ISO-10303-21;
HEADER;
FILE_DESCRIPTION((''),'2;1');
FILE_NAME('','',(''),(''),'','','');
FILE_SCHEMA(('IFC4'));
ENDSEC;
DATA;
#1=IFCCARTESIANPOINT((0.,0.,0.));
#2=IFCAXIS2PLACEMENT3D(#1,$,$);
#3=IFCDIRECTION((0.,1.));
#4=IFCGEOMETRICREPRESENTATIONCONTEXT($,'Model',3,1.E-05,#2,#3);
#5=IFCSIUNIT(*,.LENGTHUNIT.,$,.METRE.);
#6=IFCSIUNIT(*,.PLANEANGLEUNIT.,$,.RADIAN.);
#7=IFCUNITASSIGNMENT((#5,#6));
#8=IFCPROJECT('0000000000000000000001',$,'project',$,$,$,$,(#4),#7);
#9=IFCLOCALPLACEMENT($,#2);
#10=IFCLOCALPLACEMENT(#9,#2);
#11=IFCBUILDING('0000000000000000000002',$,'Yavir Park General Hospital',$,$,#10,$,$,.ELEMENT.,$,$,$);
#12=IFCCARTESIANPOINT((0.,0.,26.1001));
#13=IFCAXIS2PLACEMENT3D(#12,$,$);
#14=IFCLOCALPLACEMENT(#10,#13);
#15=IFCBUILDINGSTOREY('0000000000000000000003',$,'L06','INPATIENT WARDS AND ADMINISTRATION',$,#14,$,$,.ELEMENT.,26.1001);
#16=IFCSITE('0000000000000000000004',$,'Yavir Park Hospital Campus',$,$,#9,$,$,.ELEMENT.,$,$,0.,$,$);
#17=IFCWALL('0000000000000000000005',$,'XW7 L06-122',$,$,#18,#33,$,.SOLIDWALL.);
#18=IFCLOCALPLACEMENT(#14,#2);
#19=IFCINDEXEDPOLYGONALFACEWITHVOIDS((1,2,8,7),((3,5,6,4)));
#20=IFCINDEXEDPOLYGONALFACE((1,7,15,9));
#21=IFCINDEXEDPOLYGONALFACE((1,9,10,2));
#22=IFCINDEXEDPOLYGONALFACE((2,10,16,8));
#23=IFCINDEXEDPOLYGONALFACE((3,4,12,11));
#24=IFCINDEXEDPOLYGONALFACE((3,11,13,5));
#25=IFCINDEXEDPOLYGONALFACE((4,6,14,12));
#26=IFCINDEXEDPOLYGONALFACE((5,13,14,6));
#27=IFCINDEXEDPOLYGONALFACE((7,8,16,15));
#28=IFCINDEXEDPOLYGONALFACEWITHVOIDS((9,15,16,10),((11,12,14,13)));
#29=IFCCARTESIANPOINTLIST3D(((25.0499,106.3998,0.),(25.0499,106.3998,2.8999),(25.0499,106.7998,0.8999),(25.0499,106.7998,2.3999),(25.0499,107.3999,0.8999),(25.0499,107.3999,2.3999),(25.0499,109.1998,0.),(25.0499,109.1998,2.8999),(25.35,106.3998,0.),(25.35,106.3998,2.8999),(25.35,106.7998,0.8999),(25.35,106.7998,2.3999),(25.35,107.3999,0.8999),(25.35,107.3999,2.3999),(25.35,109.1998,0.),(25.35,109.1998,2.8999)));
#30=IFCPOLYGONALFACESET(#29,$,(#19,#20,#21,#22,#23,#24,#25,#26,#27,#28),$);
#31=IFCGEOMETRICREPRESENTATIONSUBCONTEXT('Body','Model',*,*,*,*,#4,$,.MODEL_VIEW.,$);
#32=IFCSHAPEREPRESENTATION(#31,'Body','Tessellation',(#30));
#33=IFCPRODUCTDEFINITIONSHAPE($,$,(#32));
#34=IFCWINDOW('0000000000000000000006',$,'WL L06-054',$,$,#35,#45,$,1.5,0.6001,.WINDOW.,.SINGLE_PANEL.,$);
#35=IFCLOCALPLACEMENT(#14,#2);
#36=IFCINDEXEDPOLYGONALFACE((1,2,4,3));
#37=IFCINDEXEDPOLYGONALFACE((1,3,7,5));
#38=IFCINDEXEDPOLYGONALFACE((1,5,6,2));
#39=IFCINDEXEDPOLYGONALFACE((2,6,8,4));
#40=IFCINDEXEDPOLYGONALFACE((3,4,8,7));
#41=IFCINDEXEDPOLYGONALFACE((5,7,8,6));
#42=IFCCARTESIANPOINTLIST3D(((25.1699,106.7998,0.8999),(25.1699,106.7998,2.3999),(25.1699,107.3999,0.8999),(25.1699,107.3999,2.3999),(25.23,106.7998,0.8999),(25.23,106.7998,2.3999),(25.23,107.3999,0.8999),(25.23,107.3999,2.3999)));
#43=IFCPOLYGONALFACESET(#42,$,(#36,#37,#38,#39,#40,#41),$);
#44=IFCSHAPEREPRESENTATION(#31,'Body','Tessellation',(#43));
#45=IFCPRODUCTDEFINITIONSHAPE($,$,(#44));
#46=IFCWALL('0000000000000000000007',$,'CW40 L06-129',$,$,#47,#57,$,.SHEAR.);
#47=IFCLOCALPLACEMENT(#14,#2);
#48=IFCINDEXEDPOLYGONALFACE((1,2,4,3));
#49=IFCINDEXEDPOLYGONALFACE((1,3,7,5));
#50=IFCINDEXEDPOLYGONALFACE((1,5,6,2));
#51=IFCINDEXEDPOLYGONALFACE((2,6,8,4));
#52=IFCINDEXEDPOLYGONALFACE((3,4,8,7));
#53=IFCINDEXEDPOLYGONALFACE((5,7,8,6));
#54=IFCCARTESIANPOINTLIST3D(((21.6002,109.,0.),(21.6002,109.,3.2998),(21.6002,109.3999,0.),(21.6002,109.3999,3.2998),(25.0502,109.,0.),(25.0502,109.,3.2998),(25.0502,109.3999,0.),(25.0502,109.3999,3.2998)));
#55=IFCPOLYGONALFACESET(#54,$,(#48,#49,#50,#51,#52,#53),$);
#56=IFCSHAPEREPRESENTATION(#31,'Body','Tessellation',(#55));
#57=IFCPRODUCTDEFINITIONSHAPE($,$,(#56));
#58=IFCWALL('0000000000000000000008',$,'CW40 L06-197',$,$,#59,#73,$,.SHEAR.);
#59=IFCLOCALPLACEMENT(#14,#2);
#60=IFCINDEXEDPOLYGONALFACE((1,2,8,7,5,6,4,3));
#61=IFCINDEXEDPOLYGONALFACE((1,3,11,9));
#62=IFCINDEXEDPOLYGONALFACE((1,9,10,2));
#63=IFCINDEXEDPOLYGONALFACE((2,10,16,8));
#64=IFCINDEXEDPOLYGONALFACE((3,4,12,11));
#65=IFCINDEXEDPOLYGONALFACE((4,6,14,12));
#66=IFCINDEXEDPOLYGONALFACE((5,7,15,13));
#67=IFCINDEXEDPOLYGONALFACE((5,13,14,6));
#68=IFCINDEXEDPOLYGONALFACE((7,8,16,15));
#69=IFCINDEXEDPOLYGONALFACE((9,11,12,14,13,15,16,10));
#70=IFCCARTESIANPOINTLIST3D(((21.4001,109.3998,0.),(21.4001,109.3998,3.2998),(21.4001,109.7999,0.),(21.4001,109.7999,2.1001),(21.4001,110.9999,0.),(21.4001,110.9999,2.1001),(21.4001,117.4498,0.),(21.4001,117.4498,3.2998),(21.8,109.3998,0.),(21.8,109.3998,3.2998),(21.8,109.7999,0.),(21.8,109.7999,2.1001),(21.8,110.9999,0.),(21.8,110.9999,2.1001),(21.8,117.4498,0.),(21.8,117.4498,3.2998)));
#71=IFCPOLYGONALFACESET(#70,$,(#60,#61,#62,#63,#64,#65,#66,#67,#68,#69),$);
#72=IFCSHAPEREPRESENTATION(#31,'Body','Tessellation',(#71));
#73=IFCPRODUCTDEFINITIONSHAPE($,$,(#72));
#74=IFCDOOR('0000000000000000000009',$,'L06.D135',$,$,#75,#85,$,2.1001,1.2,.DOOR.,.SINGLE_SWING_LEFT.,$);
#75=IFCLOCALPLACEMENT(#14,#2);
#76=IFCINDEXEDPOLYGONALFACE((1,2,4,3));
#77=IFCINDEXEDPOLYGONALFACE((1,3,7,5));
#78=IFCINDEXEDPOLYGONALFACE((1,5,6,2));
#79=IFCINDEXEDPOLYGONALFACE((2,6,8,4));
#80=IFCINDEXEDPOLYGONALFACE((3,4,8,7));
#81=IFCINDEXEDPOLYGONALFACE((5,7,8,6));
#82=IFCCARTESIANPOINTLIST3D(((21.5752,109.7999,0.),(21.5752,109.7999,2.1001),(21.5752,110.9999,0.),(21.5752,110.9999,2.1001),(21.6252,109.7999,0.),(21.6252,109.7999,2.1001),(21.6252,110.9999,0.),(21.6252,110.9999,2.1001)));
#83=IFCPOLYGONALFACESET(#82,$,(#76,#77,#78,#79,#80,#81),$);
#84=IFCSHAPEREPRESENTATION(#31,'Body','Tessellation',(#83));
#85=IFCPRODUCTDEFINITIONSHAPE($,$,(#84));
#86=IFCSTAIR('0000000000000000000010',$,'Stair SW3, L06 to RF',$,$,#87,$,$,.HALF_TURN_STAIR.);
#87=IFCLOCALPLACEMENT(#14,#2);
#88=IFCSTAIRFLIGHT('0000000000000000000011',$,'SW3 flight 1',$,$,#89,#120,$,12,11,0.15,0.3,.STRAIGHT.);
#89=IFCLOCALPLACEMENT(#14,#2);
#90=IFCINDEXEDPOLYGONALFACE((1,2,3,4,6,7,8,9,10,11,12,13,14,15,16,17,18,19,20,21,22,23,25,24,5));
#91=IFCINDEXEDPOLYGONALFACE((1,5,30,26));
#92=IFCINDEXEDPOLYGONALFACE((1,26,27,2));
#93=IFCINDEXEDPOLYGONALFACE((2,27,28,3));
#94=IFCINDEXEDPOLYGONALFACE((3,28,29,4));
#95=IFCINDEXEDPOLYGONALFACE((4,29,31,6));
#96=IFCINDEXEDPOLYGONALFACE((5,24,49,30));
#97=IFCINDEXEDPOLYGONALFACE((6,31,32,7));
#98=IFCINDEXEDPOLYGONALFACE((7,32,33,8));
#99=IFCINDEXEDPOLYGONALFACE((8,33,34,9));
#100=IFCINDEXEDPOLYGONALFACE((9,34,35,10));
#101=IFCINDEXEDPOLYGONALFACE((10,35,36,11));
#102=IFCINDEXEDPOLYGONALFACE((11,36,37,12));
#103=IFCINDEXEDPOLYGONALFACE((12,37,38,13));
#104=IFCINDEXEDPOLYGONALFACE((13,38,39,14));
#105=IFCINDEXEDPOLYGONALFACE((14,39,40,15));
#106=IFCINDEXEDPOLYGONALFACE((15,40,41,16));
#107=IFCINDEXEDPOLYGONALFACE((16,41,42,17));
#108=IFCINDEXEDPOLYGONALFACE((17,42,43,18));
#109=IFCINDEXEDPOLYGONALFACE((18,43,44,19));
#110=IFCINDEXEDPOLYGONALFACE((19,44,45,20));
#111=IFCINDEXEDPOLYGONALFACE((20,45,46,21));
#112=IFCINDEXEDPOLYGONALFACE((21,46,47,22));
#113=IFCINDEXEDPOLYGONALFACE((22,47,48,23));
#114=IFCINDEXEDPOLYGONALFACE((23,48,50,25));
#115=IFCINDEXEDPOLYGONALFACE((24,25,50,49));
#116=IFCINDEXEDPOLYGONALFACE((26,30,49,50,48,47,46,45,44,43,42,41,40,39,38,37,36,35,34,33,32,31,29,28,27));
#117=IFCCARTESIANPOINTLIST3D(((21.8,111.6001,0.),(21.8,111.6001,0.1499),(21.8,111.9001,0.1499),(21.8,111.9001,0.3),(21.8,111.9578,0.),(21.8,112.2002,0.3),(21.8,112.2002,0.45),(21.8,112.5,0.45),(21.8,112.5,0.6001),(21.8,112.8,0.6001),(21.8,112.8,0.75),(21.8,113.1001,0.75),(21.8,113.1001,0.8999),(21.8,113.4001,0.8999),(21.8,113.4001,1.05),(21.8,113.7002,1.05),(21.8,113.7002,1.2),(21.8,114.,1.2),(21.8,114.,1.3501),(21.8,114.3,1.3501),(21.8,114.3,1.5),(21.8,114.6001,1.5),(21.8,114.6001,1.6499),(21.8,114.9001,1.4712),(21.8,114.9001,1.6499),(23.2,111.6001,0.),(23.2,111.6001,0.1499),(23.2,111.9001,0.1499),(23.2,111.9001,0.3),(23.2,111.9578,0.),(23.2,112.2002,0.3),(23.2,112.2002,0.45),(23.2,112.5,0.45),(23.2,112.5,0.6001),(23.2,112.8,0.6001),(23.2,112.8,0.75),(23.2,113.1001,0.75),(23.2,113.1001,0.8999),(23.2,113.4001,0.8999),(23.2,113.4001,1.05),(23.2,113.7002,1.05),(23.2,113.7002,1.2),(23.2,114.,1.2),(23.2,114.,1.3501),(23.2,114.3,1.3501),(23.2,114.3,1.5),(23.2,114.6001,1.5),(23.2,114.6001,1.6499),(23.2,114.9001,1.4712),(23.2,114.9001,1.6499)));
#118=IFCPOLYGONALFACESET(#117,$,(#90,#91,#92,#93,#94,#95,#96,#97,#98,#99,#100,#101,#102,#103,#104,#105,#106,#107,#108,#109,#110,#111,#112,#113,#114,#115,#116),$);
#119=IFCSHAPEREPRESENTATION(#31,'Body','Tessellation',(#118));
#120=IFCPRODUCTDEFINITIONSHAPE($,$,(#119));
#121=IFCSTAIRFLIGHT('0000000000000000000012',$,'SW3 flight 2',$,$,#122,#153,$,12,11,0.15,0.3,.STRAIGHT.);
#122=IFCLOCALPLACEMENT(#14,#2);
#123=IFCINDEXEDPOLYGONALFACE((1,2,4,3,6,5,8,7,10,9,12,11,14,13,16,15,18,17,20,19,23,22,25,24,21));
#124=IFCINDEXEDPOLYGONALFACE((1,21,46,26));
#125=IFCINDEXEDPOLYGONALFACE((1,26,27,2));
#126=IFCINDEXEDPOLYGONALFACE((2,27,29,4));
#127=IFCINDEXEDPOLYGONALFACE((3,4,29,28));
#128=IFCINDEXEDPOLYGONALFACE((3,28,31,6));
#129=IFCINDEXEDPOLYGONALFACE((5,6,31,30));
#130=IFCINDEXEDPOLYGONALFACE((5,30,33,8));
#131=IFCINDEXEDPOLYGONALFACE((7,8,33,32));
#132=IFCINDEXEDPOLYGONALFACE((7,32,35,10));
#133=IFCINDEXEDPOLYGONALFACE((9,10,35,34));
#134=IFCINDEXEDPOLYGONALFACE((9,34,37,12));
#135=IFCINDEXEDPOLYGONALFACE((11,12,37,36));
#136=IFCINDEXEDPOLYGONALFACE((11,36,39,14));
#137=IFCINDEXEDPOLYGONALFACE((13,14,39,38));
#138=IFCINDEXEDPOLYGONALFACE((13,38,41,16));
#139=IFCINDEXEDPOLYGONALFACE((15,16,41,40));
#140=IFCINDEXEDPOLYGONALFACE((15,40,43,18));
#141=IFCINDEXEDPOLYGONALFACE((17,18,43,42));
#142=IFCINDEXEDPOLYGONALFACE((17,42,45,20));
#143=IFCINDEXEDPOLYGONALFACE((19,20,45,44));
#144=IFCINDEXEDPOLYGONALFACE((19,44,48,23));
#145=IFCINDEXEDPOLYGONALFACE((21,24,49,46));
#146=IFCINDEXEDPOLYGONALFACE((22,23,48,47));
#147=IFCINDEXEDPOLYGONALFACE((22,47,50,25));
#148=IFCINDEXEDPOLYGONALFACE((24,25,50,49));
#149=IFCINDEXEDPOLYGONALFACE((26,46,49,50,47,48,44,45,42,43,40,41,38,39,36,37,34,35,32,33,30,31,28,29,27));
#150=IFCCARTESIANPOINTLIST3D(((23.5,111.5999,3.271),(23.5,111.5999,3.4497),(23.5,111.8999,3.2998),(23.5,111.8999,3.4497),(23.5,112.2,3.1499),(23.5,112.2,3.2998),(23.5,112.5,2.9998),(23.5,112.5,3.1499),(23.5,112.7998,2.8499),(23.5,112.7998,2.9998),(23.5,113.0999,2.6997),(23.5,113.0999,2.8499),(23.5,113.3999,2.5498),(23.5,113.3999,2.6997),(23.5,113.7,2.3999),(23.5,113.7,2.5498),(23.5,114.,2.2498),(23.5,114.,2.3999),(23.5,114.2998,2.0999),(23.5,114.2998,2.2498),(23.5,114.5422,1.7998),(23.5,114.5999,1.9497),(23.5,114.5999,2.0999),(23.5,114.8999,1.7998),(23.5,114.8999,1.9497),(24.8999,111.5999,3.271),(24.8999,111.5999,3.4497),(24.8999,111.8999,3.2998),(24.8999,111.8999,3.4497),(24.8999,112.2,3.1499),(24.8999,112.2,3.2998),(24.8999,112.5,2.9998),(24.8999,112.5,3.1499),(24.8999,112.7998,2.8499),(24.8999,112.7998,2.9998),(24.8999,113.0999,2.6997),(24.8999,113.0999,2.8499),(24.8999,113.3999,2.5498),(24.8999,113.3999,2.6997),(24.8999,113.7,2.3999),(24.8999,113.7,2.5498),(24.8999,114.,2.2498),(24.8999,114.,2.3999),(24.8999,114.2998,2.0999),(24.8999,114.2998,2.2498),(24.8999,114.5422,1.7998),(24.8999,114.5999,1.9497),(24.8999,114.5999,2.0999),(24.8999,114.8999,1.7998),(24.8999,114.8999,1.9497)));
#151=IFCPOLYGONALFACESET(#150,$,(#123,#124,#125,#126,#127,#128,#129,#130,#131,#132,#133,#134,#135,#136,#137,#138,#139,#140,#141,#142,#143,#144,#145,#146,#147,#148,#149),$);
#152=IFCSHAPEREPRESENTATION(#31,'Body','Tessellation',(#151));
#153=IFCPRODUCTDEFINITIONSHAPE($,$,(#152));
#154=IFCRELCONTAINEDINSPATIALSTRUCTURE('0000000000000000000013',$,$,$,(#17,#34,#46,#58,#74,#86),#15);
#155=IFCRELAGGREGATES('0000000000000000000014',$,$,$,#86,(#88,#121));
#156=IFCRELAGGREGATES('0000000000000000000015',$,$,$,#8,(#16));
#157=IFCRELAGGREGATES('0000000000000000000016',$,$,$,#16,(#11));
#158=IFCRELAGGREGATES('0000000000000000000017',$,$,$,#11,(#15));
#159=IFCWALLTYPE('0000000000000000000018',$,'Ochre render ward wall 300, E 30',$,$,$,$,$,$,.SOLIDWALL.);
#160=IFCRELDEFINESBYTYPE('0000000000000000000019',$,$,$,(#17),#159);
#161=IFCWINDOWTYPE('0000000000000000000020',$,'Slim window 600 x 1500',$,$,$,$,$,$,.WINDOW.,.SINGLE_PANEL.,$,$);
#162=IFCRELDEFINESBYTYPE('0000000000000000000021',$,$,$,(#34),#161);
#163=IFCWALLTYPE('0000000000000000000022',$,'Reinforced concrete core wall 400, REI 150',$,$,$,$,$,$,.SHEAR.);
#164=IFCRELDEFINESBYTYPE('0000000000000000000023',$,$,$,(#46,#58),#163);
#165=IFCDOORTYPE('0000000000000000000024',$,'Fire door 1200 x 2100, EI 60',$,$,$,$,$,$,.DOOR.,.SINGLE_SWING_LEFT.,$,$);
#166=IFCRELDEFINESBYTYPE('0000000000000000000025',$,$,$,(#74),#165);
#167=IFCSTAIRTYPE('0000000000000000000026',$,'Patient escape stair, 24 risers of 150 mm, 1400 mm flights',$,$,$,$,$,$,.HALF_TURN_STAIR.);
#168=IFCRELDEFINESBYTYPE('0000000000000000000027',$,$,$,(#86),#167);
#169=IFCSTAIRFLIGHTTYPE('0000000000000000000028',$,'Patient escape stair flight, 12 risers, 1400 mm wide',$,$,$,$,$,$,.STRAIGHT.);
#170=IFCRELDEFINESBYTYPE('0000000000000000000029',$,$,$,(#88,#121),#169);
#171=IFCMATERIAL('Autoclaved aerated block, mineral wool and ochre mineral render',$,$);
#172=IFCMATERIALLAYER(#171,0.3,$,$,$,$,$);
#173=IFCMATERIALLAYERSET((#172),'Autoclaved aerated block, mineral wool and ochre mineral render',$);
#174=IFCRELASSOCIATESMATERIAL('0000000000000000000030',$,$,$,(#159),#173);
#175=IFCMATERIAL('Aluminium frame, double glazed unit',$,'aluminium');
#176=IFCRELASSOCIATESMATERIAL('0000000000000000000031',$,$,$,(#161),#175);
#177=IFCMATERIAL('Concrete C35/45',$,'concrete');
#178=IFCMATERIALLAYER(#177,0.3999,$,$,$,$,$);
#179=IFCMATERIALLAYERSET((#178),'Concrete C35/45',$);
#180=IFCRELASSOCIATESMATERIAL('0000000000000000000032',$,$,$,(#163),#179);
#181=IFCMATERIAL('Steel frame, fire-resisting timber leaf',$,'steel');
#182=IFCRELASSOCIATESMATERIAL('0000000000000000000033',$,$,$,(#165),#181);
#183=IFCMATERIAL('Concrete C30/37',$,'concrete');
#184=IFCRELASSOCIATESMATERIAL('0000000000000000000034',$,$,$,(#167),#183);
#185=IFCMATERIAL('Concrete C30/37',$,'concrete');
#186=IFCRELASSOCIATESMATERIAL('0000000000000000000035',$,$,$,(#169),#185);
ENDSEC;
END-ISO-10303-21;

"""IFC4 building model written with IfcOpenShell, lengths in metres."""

from ifc_helpers import new_model, si_unit, direction, frame, frame_2d, origin, place, context, subcontext, project, spatial, polyline, rectangle, outline, extrude, material, layer, layer_set, type_object, element, fill, aggregate, save


model = new_model("IFC4")

# Units and contexts
model_context = context("Model", 3, precision=1e-05, world=origin(), true_north=direction((0.0, 1.0)))
body_context = subcontext(model_context, "Body", "Model", "MODEL_VIEW")
ifc_project = project(units=[si_unit("LENGTHUNIT", "METRE"), si_unit("PLANEANGLEUNIT", "RADIAN")], contexts=[model_context])

# Site, building, storey
site_placement = place(None, origin())
site = spatial("IfcSite", under=ifc_project, at=site_placement, Name="Yavir Park Hospital Campus", CompositionType="ELEMENT", RefElevation=0.0)
building_placement = place(site_placement, origin())
building = spatial("IfcBuilding", under=site, at=building_placement, Name="Yavir Park General Hospital", CompositionType="ELEMENT")
storey_placement = place(building_placement, frame((0.0, 0.0, 26.1001)))
storey = spatial("IfcBuildingStorey", under=building, at=storey_placement, Name="L06", Description="INPATIENT WARDS AND ADMINISTRATION", CompositionType="ELEMENT", Elevation=26.1001)

# Wall, opening, window
ifc_material_1 = material(Name="Autoclaved aerated block, mineral wool and ochre mineral render")
ifc_layer_1 = layer(ifc_material_1, 0.3)
ifc_layer_set_1 = layer_set([ifc_layer_1], Name="Autoclaved aerated block, mineral wool and ochre mineral render")
wall_type_1 = type_object("IfcWallType", Name="Ochre render ward wall 300, E 30", PredefinedType="SOLIDWALL", material=ifc_layer_set_1)
ifc_material_2 = material(Name="Aluminium frame, double glazed unit", Category="aluminium")
window_type_1 = type_object("IfcWindowType", Name="Slim window 600 x 1500", PartitioningType="SINGLE_PANEL", PredefinedType="WINDOW", material=ifc_material_2)
wall_1_placement = place(storey_placement, frame((25.2, 106.3999, 0.0), z_axis=(0.0, 0.0, 1.0), x_axis=(0.0, 1.0, 0.0)))
wall_1 = element("IfcWall", 1, at=wall_1_placement, inside=storey, type_object=wall_type_1, Name="XW7 L06-122", PredefinedType="SOLIDWALL", context=body_context, shape_type="SweptSolid", body=[
    extrude(rectangle(XDim=2.8, YDim=0.3, at=frame_2d((1.3999, 0.0))), origin(), (0.0, 0.0, 1.0), 2.8999),
])
opening_1_placement = place(wall_1_placement, frame((0.3999, 0.0, 0.8999)))
opening_1 = element("IfcOpeningElement", 2, at=opening_1_placement, cuts=wall_1, PredefinedType="OPENING", context=body_context, shape_type="SweptSolid", body=[
    extrude(rectangle(XDim=0.6001, YDim=1.5, at=frame_2d((0.3, 0.75))), frame((0.0, 0.1599, 0.0), z_axis=(0.0, -1.0, 0.0), x_axis=(1.0, 0.0, 0.0)), (0.0, 0.0, 1.0), 0.3201),
])
window_1_placement = place(opening_1_placement, origin())
window_1 = element("IfcWindow", 3, at=window_1_placement, inside=storey, type_object=window_type_1, Name="WL L06-054", OverallHeight=1.5, OverallWidth=0.6001, PartitioningType="SINGLE_PANEL", PredefinedType="WINDOW", context=body_context, shape_type="SweptSolid", body=[
    extrude(rectangle(XDim=0.6001, YDim=1.5, at=frame_2d((0.3, 0.75))), frame((0.0, 0.03, 0.0), z_axis=(0.0, -1.0, 0.0), x_axis=(1.0, 0.0, 0.0)), (0.0, 0.0, 1.0), 0.0601),
])
fill(opening_1, window_1)

# Wall
ifc_material_3 = material(Name="Concrete C35/45", Category="concrete")
ifc_layer_2 = layer(ifc_material_3, 0.3999)
ifc_layer_set_2 = layer_set([ifc_layer_2], Name="Concrete C35/45")
wall_type_2 = type_object("IfcWallType", Name="Reinforced concrete core wall 400, REI 150", PredefinedType="SHEAR", material=ifc_layer_set_2)
wall_2_placement = place(storey_placement, frame((21.6001, 109.2, 0.0), z_axis=(0.0, 0.0, 1.0), x_axis=(1.0, 0.0, 0.0)))
element("IfcWall", 4, at=wall_2_placement, inside=storey, type_object=wall_type_2, Name="CW40 L06-129", PredefinedType="SHEAR", context=body_context, shape_type="SweptSolid", body=[
    extrude(rectangle(XDim=3.45, YDim=0.3999, at=frame_2d((1.7251, 0.0))), origin(), (0.0, 0.0, 1.0), 3.2998),
])

# Wall, opening, door
wall_3_placement = place(storey_placement, frame((21.6001, 109.3999, 0.0), z_axis=(0.0, 0.0, 1.0), x_axis=(0.0, 1.0, 0.0)))
wall_3 = element("IfcWall", 5, at=wall_3_placement, inside=storey, type_object=wall_type_2, Name="CW40 L06-197", PredefinedType="SHEAR", context=body_context, shape_type="SweptSolid", body=[
    extrude(rectangle(XDim=8.05, YDim=0.3999, at=frame_2d((4.0249, 0.0))), origin(), (0.0, 0.0, 1.0), 3.2998),
])
opening_2_placement = place(wall_3_placement, frame((0.3999, 0.0, 0.0)))
opening_2 = element("IfcOpeningElement", 6, at=opening_2_placement, cuts=wall_3, PredefinedType="OPENING", context=body_context, shape_type="SweptSolid", body=[
    extrude(rectangle(XDim=1.2, YDim=2.1001, at=frame_2d((0.6001, 1.05))), frame((0.0, 0.21, 0.0), z_axis=(0.0, -1.0, 0.0), x_axis=(1.0, 0.0, 0.0)), (0.0, 0.0, 1.0), 0.4199),
])
ifc_material_4 = material(Name="Steel frame, fire-resisting timber leaf", Category="steel")
door_type = type_object("IfcDoorType", Name="Fire door 1200 x 2100, EI 60", OperationType="SINGLE_SWING_LEFT", PredefinedType="DOOR", material=ifc_material_4)
door_placement = place(opening_2_placement, origin())
door = element("IfcDoor", 7, at=door_placement, inside=storey, type_object=door_type, Name="L06.D135", OperationType="SINGLE_SWING_LEFT", OverallHeight=2.1001, OverallWidth=1.2, PredefinedType="DOOR", context=body_context, shape_type="SweptSolid", body=[
    extrude(rectangle(XDim=1.2, YDim=2.1001, at=frame_2d((0.6001, 1.05))), frame((0.0, 0.0249, 0.0), z_axis=(0.0, -1.0, 0.0), x_axis=(1.0, 0.0, 0.0)), (0.0, 0.0, 1.0), 0.05),
])
fill(opening_2, door)

# Stair, stair flights
ifc_material_5 = material(Name="Concrete C30/37", Category="concrete")
stair_type = type_object("IfcStairType", Name="Patient escape stair, 24 risers of 150 mm, 1400 mm flights", PredefinedType="HALF_TURN_STAIR", material=ifc_material_5)
stair_placement = place(storey_placement, origin())
stair = element("IfcStair", 8, at=stair_placement, inside=storey, type_object=stair_type, Name="Stair SW3, L06 to RF", PredefinedType="HALF_TURN_STAIR")
ifc_material_6 = material(Name="Concrete C30/37", Category="concrete")
stair_flight_type = type_object("IfcStairFlightType", Name="Patient escape stair flight, 12 risers, 1400 mm wide", PredefinedType="STRAIGHT", material=ifc_material_6)
stair_flight_1_placement = place(storey_placement, frame((22.5, 111.6001, 0.0), z_axis=(0.0, 0.0, 1.0), x_axis=(0.0, 1.0, 0.0)))
stair_flight_1 = element("IfcStairFlight", 9, at=stair_flight_1_placement, type_object=stair_flight_type, Name="SW3 flight 1", NumberOfRisers=12, NumberOfTreads=11, PredefinedType="STRAIGHT", RiserHeight=0.15, TreadLength=0.3, context=body_context, shape_type="SweptSolid", body=[
    extrude(outline(polyline([(0.0, 0.0), (0.0, 0.1499), (0.3, 0.1499), (0.3, 0.3), (0.6001, 0.3), (0.6001, 0.45), (0.8999, 0.45), (0.8999, 0.6001), (1.2, 0.6001), (1.2, 0.75), (1.5, 0.75), (1.5, 0.8999), (1.8, 0.8999), (1.8, 1.05), (2.1001, 1.05), (2.1001, 1.2), (2.3999, 1.2), (2.3999, 1.3501), (2.7, 1.3501), (2.7, 1.5), (3.0, 1.5), (3.0, 1.6499), (3.3, 1.6499), (3.3, 1.8), (3.3, 1.4712), (0.3577, 0.0), (0.0, 0.0)])), frame((0.0, 0.7, 0.0), z_axis=(0.0, -1.0, 0.0), x_axis=(1.0, 0.0, 0.0)), (0.0, 0.0, 1.0), 1.3999),
])
stair_flight_2_placement = place(storey_placement, frame((24.2, 114.8999, 1.7998), z_axis=(0.0, 0.0, 1.0), x_axis=(0.0, -1.0, 0.0)))
stair_flight_2 = element("IfcStairFlight", 10, at=stair_flight_2_placement, type_object=stair_flight_type, Name="SW3 flight 2", NumberOfRisers=12, NumberOfTreads=11, PredefinedType="STRAIGHT", RiserHeight=0.15, TreadLength=0.3, context=body_context, shape_type="SweptSolid", body=[
    extrude(outline(polyline([(0.0, 0.0), (0.0, 0.1499), (0.3, 0.1499), (0.3, 0.3), (0.6001, 0.3), (0.6001, 0.45), (0.8999, 0.45), (0.8999, 0.6001), (1.2, 0.6001), (1.2, 0.75), (1.5, 0.75), (1.5, 0.8999), (1.8, 0.8999), (1.8, 1.05), (2.1001, 1.05), (2.1001, 1.2), (2.3999, 1.2), (2.3999, 1.3501), (2.7, 1.3501), (2.7, 1.5), (3.0, 1.5), (3.0, 1.6499), (3.3, 1.6499), (3.3, 1.8), (3.3, 1.4712), (0.3577, 0.0), (0.0, 0.0)])), frame((0.0, 0.7, 0.0), z_axis=(0.0, -1.0, 0.0), x_axis=(1.0, 0.0, 0.0)), (0.0, 0.0, 1.0), 1.3999),
])
aggregate(stair, [stair_flight_1, stair_flight_2])

save(model, "model.ifc")
